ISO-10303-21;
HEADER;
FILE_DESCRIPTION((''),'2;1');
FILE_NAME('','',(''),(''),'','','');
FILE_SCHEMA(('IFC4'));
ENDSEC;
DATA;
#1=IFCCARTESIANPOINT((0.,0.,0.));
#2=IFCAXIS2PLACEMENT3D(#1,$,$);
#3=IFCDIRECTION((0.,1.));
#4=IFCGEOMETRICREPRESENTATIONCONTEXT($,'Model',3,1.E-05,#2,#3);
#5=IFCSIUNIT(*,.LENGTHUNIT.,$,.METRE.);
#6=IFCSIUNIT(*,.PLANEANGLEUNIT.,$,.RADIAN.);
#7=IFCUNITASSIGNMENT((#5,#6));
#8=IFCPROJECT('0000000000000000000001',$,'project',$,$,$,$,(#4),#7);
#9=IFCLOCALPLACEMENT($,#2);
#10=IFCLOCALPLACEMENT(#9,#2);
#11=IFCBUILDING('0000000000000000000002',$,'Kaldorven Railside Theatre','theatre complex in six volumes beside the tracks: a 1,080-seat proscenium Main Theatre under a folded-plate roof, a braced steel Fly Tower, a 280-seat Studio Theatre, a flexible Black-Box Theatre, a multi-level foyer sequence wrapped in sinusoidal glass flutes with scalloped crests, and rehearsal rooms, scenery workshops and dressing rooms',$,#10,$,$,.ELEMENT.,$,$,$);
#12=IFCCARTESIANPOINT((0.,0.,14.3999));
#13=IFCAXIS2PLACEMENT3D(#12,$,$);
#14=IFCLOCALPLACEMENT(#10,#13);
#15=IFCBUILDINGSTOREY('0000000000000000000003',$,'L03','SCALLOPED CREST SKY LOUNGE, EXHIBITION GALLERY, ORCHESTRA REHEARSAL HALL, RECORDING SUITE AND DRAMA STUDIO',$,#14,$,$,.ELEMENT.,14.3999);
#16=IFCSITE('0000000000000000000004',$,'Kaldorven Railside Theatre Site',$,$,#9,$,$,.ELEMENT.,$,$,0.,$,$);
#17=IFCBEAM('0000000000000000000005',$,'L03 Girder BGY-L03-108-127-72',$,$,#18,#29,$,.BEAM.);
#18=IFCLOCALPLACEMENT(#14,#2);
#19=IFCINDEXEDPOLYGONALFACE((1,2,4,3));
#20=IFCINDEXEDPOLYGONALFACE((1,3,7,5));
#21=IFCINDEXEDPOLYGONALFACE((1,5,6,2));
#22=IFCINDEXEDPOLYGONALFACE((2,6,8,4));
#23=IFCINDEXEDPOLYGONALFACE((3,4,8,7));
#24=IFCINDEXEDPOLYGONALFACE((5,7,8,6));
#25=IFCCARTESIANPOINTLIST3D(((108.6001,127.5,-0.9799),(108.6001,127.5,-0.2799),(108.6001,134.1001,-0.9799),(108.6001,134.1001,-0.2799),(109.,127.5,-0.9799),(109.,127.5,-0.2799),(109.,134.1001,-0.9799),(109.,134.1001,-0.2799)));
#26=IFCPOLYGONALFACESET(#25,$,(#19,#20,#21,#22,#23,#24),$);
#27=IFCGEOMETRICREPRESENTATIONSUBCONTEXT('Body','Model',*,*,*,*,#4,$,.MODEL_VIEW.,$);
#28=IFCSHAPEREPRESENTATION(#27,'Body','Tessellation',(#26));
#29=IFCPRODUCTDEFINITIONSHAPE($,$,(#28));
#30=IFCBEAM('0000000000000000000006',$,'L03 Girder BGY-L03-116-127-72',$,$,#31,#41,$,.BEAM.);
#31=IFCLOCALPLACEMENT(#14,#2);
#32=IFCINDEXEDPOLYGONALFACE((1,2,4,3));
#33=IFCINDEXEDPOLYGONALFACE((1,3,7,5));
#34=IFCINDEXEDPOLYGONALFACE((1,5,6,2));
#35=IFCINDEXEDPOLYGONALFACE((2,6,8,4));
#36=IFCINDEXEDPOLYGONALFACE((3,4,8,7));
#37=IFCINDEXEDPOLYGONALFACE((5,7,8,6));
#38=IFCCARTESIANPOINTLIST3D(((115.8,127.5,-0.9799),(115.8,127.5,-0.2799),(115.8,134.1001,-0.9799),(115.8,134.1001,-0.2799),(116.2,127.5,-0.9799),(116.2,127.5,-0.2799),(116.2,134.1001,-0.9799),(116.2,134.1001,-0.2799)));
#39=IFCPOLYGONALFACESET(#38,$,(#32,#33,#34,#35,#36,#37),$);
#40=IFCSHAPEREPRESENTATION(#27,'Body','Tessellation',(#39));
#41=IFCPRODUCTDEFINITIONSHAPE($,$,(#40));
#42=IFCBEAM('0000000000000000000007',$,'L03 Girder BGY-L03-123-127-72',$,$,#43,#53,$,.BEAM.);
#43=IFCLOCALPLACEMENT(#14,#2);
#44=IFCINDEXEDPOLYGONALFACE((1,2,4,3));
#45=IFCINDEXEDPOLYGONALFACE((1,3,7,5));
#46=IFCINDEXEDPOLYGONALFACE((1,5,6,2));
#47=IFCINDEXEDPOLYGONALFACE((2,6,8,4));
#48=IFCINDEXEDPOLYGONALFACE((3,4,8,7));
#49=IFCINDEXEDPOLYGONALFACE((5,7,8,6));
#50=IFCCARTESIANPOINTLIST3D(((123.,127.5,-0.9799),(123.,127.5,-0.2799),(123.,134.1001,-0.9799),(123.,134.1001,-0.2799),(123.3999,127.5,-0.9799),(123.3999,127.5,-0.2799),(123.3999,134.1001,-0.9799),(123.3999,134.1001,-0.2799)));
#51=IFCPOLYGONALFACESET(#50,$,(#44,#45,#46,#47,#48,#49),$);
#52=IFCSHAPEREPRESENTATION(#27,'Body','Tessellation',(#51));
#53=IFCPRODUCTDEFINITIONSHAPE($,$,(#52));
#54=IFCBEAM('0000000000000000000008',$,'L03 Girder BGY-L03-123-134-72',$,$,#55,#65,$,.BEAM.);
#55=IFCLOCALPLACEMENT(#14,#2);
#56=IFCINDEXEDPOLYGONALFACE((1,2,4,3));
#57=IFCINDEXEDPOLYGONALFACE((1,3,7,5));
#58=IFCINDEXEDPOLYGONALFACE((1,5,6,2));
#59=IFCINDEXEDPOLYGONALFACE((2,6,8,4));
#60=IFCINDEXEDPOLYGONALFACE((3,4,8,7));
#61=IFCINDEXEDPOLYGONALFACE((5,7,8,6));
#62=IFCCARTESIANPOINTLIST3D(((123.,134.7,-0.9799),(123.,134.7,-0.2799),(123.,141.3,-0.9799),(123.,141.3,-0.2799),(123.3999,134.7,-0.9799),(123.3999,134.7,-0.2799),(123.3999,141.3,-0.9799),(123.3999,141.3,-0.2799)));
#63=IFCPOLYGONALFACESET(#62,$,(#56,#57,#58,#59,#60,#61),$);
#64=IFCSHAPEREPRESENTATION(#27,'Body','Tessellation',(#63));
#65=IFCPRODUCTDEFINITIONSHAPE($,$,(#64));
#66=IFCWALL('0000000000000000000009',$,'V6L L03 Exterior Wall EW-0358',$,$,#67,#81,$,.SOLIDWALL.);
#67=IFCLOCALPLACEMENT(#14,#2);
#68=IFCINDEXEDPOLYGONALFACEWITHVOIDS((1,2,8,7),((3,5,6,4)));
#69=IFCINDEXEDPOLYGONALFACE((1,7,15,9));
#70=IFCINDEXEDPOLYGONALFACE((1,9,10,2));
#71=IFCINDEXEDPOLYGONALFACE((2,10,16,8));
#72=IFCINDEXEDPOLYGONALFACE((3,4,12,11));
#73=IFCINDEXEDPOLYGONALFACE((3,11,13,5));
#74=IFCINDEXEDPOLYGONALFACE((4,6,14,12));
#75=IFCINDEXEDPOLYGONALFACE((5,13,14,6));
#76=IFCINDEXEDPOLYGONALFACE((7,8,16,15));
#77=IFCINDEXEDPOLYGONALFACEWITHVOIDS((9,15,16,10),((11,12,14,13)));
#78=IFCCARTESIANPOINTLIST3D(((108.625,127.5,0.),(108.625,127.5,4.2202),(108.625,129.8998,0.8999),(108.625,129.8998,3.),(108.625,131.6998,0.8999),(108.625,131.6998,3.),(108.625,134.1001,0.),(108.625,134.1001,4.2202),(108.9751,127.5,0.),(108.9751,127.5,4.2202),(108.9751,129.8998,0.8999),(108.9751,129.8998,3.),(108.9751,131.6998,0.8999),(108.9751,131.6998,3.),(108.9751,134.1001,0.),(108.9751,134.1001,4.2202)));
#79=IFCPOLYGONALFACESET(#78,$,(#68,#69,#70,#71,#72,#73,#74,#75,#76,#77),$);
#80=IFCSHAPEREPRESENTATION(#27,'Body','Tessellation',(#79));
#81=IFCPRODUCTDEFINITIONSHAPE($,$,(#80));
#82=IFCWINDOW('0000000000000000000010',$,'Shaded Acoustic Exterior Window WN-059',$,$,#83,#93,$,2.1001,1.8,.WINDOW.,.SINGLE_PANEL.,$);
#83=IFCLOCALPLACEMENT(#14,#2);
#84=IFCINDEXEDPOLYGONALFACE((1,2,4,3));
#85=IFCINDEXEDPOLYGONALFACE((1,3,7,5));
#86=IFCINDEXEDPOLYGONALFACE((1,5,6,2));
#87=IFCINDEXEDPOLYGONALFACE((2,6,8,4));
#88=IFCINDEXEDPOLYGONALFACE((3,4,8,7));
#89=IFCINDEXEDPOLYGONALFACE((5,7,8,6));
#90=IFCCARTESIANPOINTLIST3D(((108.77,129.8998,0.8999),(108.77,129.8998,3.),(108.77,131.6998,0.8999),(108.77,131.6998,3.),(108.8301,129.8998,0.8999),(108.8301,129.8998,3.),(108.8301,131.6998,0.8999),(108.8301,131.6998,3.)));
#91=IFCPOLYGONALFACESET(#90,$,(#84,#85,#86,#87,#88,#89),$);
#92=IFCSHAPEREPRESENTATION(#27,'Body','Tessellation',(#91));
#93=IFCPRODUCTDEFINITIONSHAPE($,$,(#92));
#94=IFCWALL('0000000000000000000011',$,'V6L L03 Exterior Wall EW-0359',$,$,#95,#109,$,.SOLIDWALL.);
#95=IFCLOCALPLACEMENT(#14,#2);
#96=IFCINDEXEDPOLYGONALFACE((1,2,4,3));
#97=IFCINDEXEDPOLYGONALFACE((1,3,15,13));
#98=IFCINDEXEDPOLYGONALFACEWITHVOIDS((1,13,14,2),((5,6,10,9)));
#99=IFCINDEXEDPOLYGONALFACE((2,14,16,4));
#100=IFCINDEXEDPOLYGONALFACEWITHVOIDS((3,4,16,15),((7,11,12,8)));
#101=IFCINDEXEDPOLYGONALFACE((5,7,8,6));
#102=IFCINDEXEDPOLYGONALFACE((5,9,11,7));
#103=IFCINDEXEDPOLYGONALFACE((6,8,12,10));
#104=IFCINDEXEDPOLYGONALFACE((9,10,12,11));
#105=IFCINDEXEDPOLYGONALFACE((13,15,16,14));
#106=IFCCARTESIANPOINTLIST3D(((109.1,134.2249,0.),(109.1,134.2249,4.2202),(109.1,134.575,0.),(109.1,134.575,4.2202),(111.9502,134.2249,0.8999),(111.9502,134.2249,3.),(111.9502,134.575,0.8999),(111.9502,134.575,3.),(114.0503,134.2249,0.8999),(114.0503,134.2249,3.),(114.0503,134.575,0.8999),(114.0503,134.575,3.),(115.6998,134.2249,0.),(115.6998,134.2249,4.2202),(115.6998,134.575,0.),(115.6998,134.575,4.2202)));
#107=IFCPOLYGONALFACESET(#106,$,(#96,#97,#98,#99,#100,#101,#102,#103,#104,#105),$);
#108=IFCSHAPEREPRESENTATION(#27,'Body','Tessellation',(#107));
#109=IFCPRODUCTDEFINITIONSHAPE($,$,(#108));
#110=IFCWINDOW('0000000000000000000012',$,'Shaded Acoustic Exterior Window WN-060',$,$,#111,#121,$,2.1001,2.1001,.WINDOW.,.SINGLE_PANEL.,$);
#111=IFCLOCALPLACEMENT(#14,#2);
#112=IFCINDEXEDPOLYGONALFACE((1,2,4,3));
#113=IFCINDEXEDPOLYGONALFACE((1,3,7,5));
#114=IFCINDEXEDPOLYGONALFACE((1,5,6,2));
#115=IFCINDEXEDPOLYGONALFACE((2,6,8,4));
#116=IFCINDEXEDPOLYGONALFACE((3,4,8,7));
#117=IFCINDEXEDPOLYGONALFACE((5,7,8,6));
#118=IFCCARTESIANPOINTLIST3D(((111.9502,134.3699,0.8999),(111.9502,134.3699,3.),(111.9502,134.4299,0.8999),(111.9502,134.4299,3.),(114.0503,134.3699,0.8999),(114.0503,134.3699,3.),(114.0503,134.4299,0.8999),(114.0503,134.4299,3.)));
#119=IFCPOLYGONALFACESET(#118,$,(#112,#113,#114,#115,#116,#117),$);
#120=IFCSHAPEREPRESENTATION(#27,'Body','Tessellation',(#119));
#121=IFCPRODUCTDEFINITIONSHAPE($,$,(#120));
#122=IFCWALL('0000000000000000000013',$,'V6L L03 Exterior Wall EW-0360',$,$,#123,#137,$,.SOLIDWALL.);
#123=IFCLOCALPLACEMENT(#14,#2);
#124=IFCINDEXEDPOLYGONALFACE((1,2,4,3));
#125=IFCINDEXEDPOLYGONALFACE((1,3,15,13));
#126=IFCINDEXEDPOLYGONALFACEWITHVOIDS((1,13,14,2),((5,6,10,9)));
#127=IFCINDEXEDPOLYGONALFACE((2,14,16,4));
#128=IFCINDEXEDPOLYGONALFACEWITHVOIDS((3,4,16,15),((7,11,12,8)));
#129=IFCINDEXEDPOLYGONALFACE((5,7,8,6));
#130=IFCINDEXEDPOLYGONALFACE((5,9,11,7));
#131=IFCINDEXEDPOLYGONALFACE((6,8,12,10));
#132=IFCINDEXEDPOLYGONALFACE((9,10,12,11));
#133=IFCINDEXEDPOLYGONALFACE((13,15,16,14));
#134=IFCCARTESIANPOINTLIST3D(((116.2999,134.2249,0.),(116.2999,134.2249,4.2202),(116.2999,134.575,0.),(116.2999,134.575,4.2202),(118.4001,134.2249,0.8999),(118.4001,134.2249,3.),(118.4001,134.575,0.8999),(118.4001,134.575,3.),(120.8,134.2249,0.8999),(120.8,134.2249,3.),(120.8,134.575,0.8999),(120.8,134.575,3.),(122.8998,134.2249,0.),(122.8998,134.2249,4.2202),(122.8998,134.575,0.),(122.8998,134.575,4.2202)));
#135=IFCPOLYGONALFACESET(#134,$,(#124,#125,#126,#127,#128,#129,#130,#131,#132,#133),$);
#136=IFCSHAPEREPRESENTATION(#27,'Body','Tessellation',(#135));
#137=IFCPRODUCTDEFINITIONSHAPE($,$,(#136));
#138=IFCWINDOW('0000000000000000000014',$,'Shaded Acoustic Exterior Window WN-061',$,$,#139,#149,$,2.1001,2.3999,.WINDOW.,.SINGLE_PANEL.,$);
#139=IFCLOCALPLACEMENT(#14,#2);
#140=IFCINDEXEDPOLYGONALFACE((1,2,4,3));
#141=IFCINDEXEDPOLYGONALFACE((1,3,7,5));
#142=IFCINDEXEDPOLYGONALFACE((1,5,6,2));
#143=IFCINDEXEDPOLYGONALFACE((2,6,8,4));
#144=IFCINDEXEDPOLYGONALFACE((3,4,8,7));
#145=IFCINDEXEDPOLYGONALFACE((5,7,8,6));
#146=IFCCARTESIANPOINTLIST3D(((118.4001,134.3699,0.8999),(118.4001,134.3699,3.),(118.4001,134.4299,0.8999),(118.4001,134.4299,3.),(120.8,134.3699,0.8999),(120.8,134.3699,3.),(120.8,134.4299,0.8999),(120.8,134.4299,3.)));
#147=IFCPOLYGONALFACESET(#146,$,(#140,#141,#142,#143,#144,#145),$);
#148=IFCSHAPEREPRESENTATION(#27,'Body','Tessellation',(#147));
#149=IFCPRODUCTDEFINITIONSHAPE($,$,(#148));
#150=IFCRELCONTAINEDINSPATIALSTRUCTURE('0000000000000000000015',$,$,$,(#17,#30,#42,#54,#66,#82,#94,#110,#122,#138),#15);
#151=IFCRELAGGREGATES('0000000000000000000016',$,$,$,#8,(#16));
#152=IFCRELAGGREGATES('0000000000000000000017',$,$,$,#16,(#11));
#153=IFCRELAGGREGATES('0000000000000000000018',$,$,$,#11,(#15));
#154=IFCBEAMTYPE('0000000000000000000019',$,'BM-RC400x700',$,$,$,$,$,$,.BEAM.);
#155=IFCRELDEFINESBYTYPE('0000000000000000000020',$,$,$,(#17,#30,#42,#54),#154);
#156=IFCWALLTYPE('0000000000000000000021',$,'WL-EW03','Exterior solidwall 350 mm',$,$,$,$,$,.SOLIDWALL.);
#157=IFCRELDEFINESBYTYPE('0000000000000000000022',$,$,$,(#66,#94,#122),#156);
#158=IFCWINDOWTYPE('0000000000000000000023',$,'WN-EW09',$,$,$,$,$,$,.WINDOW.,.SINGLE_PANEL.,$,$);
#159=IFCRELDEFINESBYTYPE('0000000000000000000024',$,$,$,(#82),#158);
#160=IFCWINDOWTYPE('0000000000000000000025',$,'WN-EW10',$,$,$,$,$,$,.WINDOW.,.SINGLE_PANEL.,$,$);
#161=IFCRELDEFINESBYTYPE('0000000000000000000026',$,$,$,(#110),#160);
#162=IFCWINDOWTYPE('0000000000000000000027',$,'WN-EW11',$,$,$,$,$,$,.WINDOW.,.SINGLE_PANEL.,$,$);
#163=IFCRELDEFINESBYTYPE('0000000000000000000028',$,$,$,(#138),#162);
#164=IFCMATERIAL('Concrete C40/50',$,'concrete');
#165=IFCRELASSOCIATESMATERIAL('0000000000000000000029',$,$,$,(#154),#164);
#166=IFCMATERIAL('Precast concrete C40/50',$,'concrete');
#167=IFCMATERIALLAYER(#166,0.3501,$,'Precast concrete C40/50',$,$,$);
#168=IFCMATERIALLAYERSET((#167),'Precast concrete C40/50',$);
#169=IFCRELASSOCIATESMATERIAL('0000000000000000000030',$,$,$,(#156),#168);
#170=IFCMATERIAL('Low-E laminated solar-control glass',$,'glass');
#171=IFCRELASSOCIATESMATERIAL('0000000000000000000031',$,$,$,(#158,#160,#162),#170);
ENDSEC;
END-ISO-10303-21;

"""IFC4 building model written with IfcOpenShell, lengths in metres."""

from ifc_helpers import new_model, si_unit, direction, frame, frame_2d, origin, origin_2d, place, context, subcontext, project, spatial, rectangle, extrude, material, layer, layer_set, material_profile, profile_set, type_object, element, fill, save


model = new_model("IFC4")

# Units and contexts
model_context = context("Model", 3, precision=1e-05, world=origin(), true_north=direction((0.0, 1.0)))
body_context = subcontext(model_context, "Body", "Model", "MODEL_VIEW")
ifc_project = project(units=[si_unit("LENGTHUNIT", "METRE"), si_unit("PLANEANGLEUNIT", "RADIAN")], contexts=[model_context])

# Site, building, storey
site_placement = place(None, origin())
site = spatial("IfcSite", under=ifc_project, at=site_placement, Name="Kaldorven Railside Theatre Site", CompositionType="ELEMENT", RefElevation=0.0)
building_placement = place(site_placement, origin())
building = spatial("IfcBuilding", under=site, at=building_placement, Name="Kaldorven Railside Theatre", Description="theatre complex in six volumes beside the tracks: a 1,080-seat proscenium Main Theatre under a folded-plate roof, a braced steel Fly Tower, a 280-seat Studio Theatre, a flexible Black-Box Theatre, a multi-level foyer sequence wrapped in sinusoidal glass flutes with scalloped crests, and rehearsal rooms, scenery workshops and dressing rooms", CompositionType="ELEMENT")
storey_placement = place(building_placement, frame((0.0, 0.0, 14.3999)))
storey = spatial("IfcBuildingStorey", under=building, at=storey_placement, Name="L03", Description="SCALLOPED CREST SKY LOUNGE, EXHIBITION GALLERY, ORCHESTRA REHEARSAL HALL, RECORDING SUITE AND DRAMA STUDIO", CompositionType="ELEMENT", Elevation=14.3999)

# Shared definitions
ifc_material_1 = material(Name="Concrete C40/50", Category="concrete")

# Beams
ifc_material_profile_1 = material_profile(ifc_material_1, rectangle(XDim=0.3999, YDim=0.7, at=origin_2d()), Name="RC 400x700")
ifc_profile_set_1 = profile_set([ifc_material_profile_1], Name="Concrete C40/50")
beam_type_1 = type_object("IfcBeamType", Name="BM-RC400x700", PredefinedType="BEAM", material=ifc_profile_set_1)
for number, where, z_axis, x_axis, name in (
    (1, (108.8, 127.5, -0.6299), (0.0, 1.0, 0.0), (-1.0, 0.0, 0.0), "L03 Girder BGY-L03-108-127-72"),
    (2, (116.0, 127.5, -0.6299), (0.0, 1.0, 0.0), (-1.0, 0.0, 0.0), "L03 Girder BGY-L03-116-127-72"),
    (3, (123.2, 127.5, -0.6299), (0.0, 1.0, 0.0), (-1.0, 0.0, 0.0), "L03 Girder BGY-L03-123-127-72"),
    (4, (123.2, 134.7, -0.6299), (0.0, 1.0, 0.0), (-1.0, 0.0, 0.0), "L03 Girder BGY-L03-123-134-72"),
):
    element("IfcBeam", number, at=place(storey_placement, frame(where, z_axis=z_axis, x_axis=x_axis)), inside=storey, type_object=beam_type_1, Name=name, PredefinedType="BEAM", context=body_context, shape_type="SweptSolid", body=[
        extrude(rectangle(XDim=0.3999, YDim=0.7, at=origin_2d()), origin(), (0.0, 0.0, 1.0), 6.6001),
    ])

# Walls, openings, windows
ifc_material_2 = material(Name="Precast concrete C40/50", Category="concrete")
ifc_layer = layer(ifc_material_2, 0.3501, Name="Precast concrete C40/50")
ifc_layer_set = layer_set([ifc_layer], Name="Precast concrete C40/50")
wall_type = type_object("IfcWallType", Name="WL-EW03", Description="Exterior solidwall 350 mm", PredefinedType="SOLIDWALL", material=ifc_layer_set)
wall_1_placement = place(storey_placement, frame((108.8, 127.5, 0.0), z_axis=(0.0, 0.0, 1.0), x_axis=(0.0, 1.0, 0.0)))
wall_1 = element("IfcWall", 5, at=wall_1_placement, inside=storey, type_object=wall_type, Name="V6L L03 Exterior Wall EW-0358", PredefinedType="SOLIDWALL", context=body_context, shape_type="SweptSolid", body=[
    extrude(rectangle(XDim=6.6001, YDim=0.3501, at=frame_2d((3.3, 0.0))), origin(), (0.0, 0.0, 1.0), 4.2202),
])
opening_1_placement = place(wall_1_placement, frame((2.3999, 0.0, 0.8999)))
opening_1 = element("IfcOpeningElement", 6, at=opening_1_placement, cuts=wall_1, PredefinedType="OPENING", context=body_context, shape_type="SweptSolid", body=[
    extrude(rectangle(XDim=1.8, YDim=2.1001, at=frame_2d((0.8999, 1.05))), frame((0.0, 0.1851, 0.0), z_axis=(0.0, -1.0, 0.0), x_axis=(1.0, 0.0, 0.0)), (0.0, 0.0, 1.0), 0.3701),
])
ifc_material_3 = material(Name="Low-E laminated solar-control glass", Category="glass")
window_type_1 = type_object("IfcWindowType", Name="WN-EW09", PartitioningType="SINGLE_PANEL", PredefinedType="WINDOW", material=ifc_material_3)
window_1_placement = place(opening_1_placement, origin())
window_1 = element("IfcWindow", 7, at=window_1_placement, inside=storey, type_object=window_type_1, Name="Shaded Acoustic Exterior Window WN-059", OverallHeight=2.1001, OverallWidth=1.8, PartitioningType="SINGLE_PANEL", PredefinedType="WINDOW", context=body_context, shape_type="SweptSolid", body=[
    extrude(rectangle(XDim=1.8, YDim=2.1001, at=frame_2d((0.8999, 1.05))), frame((0.0, 0.03, 0.0), z_axis=(0.0, -1.0, 0.0), x_axis=(1.0, 0.0, 0.0)), (0.0, 0.0, 1.0), 0.0601),
])
fill(opening_1, window_1)
wall_2_placement = place(storey_placement, frame((109.1001, 134.3999, 0.0), z_axis=(0.0, 0.0, 1.0), x_axis=(1.0, 0.0, 0.0)))
wall_2 = element("IfcWall", 8, at=wall_2_placement, inside=storey, type_object=wall_type, Name="V6L L03 Exterior Wall EW-0359", PredefinedType="SOLIDWALL", context=body_context, shape_type="SweptSolid", body=[
    extrude(rectangle(XDim=6.5999, YDim=0.3501, at=frame_2d((3.2998, 0.0))), origin(), (0.0, 0.0, 1.0), 4.2202),
])
opening_2_placement = place(wall_2_placement, frame((2.8501, 0.0, 0.8999)))
opening_2 = element("IfcOpeningElement", 9, at=opening_2_placement, cuts=wall_2, PredefinedType="OPENING", context=body_context, shape_type="SweptSolid", body=[
    extrude(rectangle(XDim=2.1001, YDim=2.1001, at=frame_2d((1.05, 1.05))), frame((0.0, 0.1851, 0.0), z_axis=(0.0, -1.0, 0.0), x_axis=(1.0, 0.0, 0.0)), (0.0, 0.0, 1.0), 0.3701),
])
window_type_2 = type_object("IfcWindowType", Name="WN-EW10", PartitioningType="SINGLE_PANEL", PredefinedType="WINDOW", material=ifc_material_3)
window_2_placement = place(opening_2_placement, origin())
window_2 = element("IfcWindow", 10, at=window_2_placement, inside=storey, type_object=window_type_2, Name="Shaded Acoustic Exterior Window WN-060", OverallHeight=2.1001, OverallWidth=2.1001, PartitioningType="SINGLE_PANEL", PredefinedType="WINDOW", context=body_context, shape_type="SweptSolid", body=[
    extrude(rectangle(XDim=2.1001, YDim=2.1001, at=frame_2d((1.05, 1.05))), frame((0.0, 0.03, 0.0), z_axis=(0.0, -1.0, 0.0), x_axis=(1.0, 0.0, 0.0)), (0.0, 0.0, 1.0), 0.0601),
])
fill(opening_2, window_2)
wall_3_placement = place(storey_placement, frame((116.3, 134.3999, 0.0), z_axis=(0.0, 0.0, 1.0), x_axis=(1.0, 0.0, 0.0)))
wall_3 = element("IfcWall", 11, at=wall_3_placement, inside=storey, type_object=wall_type, Name="V6L L03 Exterior Wall EW-0360", PredefinedType="SOLIDWALL", context=body_context, shape_type="SweptSolid", body=[
    extrude(rectangle(XDim=6.5999, YDim=0.3501, at=frame_2d((3.2998, 0.0))), origin(), (0.0, 0.0, 1.0), 4.2202),
])
opening_3_placement = place(wall_3_placement, frame((2.1001, 0.0, 0.8999)))
opening_3 = element("IfcOpeningElement", 12, at=opening_3_placement, cuts=wall_3, PredefinedType="OPENING", context=body_context, shape_type="SweptSolid", body=[
    extrude(rectangle(XDim=2.3999, YDim=2.1001, at=frame_2d((1.2, 1.05))), frame((0.0, 0.1851, 0.0), z_axis=(0.0, -1.0, 0.0), x_axis=(1.0, 0.0, 0.0)), (0.0, 0.0, 1.0), 0.3701),
])
window_type_3 = type_object("IfcWindowType", Name="WN-EW11", PartitioningType="SINGLE_PANEL", PredefinedType="WINDOW", material=ifc_material_3)
window_3_placement = place(opening_3_placement, origin())
window_3 = element("IfcWindow", 13, at=window_3_placement, inside=storey, type_object=window_type_3, Name="Shaded Acoustic Exterior Window WN-061", OverallHeight=2.1001, OverallWidth=2.3999, PartitioningType="SINGLE_PANEL", PredefinedType="WINDOW", context=body_context, shape_type="SweptSolid", body=[
    extrude(rectangle(XDim=2.3999, YDim=2.1001, at=frame_2d((1.2, 1.05))), frame((0.0, 0.03, 0.0), z_axis=(0.0, -1.0, 0.0), x_axis=(1.0, 0.0, 0.0)), (0.0, 0.0, 1.0), 0.0601),
])
fill(opening_3, window_3)

save(model, "model.ifc")
